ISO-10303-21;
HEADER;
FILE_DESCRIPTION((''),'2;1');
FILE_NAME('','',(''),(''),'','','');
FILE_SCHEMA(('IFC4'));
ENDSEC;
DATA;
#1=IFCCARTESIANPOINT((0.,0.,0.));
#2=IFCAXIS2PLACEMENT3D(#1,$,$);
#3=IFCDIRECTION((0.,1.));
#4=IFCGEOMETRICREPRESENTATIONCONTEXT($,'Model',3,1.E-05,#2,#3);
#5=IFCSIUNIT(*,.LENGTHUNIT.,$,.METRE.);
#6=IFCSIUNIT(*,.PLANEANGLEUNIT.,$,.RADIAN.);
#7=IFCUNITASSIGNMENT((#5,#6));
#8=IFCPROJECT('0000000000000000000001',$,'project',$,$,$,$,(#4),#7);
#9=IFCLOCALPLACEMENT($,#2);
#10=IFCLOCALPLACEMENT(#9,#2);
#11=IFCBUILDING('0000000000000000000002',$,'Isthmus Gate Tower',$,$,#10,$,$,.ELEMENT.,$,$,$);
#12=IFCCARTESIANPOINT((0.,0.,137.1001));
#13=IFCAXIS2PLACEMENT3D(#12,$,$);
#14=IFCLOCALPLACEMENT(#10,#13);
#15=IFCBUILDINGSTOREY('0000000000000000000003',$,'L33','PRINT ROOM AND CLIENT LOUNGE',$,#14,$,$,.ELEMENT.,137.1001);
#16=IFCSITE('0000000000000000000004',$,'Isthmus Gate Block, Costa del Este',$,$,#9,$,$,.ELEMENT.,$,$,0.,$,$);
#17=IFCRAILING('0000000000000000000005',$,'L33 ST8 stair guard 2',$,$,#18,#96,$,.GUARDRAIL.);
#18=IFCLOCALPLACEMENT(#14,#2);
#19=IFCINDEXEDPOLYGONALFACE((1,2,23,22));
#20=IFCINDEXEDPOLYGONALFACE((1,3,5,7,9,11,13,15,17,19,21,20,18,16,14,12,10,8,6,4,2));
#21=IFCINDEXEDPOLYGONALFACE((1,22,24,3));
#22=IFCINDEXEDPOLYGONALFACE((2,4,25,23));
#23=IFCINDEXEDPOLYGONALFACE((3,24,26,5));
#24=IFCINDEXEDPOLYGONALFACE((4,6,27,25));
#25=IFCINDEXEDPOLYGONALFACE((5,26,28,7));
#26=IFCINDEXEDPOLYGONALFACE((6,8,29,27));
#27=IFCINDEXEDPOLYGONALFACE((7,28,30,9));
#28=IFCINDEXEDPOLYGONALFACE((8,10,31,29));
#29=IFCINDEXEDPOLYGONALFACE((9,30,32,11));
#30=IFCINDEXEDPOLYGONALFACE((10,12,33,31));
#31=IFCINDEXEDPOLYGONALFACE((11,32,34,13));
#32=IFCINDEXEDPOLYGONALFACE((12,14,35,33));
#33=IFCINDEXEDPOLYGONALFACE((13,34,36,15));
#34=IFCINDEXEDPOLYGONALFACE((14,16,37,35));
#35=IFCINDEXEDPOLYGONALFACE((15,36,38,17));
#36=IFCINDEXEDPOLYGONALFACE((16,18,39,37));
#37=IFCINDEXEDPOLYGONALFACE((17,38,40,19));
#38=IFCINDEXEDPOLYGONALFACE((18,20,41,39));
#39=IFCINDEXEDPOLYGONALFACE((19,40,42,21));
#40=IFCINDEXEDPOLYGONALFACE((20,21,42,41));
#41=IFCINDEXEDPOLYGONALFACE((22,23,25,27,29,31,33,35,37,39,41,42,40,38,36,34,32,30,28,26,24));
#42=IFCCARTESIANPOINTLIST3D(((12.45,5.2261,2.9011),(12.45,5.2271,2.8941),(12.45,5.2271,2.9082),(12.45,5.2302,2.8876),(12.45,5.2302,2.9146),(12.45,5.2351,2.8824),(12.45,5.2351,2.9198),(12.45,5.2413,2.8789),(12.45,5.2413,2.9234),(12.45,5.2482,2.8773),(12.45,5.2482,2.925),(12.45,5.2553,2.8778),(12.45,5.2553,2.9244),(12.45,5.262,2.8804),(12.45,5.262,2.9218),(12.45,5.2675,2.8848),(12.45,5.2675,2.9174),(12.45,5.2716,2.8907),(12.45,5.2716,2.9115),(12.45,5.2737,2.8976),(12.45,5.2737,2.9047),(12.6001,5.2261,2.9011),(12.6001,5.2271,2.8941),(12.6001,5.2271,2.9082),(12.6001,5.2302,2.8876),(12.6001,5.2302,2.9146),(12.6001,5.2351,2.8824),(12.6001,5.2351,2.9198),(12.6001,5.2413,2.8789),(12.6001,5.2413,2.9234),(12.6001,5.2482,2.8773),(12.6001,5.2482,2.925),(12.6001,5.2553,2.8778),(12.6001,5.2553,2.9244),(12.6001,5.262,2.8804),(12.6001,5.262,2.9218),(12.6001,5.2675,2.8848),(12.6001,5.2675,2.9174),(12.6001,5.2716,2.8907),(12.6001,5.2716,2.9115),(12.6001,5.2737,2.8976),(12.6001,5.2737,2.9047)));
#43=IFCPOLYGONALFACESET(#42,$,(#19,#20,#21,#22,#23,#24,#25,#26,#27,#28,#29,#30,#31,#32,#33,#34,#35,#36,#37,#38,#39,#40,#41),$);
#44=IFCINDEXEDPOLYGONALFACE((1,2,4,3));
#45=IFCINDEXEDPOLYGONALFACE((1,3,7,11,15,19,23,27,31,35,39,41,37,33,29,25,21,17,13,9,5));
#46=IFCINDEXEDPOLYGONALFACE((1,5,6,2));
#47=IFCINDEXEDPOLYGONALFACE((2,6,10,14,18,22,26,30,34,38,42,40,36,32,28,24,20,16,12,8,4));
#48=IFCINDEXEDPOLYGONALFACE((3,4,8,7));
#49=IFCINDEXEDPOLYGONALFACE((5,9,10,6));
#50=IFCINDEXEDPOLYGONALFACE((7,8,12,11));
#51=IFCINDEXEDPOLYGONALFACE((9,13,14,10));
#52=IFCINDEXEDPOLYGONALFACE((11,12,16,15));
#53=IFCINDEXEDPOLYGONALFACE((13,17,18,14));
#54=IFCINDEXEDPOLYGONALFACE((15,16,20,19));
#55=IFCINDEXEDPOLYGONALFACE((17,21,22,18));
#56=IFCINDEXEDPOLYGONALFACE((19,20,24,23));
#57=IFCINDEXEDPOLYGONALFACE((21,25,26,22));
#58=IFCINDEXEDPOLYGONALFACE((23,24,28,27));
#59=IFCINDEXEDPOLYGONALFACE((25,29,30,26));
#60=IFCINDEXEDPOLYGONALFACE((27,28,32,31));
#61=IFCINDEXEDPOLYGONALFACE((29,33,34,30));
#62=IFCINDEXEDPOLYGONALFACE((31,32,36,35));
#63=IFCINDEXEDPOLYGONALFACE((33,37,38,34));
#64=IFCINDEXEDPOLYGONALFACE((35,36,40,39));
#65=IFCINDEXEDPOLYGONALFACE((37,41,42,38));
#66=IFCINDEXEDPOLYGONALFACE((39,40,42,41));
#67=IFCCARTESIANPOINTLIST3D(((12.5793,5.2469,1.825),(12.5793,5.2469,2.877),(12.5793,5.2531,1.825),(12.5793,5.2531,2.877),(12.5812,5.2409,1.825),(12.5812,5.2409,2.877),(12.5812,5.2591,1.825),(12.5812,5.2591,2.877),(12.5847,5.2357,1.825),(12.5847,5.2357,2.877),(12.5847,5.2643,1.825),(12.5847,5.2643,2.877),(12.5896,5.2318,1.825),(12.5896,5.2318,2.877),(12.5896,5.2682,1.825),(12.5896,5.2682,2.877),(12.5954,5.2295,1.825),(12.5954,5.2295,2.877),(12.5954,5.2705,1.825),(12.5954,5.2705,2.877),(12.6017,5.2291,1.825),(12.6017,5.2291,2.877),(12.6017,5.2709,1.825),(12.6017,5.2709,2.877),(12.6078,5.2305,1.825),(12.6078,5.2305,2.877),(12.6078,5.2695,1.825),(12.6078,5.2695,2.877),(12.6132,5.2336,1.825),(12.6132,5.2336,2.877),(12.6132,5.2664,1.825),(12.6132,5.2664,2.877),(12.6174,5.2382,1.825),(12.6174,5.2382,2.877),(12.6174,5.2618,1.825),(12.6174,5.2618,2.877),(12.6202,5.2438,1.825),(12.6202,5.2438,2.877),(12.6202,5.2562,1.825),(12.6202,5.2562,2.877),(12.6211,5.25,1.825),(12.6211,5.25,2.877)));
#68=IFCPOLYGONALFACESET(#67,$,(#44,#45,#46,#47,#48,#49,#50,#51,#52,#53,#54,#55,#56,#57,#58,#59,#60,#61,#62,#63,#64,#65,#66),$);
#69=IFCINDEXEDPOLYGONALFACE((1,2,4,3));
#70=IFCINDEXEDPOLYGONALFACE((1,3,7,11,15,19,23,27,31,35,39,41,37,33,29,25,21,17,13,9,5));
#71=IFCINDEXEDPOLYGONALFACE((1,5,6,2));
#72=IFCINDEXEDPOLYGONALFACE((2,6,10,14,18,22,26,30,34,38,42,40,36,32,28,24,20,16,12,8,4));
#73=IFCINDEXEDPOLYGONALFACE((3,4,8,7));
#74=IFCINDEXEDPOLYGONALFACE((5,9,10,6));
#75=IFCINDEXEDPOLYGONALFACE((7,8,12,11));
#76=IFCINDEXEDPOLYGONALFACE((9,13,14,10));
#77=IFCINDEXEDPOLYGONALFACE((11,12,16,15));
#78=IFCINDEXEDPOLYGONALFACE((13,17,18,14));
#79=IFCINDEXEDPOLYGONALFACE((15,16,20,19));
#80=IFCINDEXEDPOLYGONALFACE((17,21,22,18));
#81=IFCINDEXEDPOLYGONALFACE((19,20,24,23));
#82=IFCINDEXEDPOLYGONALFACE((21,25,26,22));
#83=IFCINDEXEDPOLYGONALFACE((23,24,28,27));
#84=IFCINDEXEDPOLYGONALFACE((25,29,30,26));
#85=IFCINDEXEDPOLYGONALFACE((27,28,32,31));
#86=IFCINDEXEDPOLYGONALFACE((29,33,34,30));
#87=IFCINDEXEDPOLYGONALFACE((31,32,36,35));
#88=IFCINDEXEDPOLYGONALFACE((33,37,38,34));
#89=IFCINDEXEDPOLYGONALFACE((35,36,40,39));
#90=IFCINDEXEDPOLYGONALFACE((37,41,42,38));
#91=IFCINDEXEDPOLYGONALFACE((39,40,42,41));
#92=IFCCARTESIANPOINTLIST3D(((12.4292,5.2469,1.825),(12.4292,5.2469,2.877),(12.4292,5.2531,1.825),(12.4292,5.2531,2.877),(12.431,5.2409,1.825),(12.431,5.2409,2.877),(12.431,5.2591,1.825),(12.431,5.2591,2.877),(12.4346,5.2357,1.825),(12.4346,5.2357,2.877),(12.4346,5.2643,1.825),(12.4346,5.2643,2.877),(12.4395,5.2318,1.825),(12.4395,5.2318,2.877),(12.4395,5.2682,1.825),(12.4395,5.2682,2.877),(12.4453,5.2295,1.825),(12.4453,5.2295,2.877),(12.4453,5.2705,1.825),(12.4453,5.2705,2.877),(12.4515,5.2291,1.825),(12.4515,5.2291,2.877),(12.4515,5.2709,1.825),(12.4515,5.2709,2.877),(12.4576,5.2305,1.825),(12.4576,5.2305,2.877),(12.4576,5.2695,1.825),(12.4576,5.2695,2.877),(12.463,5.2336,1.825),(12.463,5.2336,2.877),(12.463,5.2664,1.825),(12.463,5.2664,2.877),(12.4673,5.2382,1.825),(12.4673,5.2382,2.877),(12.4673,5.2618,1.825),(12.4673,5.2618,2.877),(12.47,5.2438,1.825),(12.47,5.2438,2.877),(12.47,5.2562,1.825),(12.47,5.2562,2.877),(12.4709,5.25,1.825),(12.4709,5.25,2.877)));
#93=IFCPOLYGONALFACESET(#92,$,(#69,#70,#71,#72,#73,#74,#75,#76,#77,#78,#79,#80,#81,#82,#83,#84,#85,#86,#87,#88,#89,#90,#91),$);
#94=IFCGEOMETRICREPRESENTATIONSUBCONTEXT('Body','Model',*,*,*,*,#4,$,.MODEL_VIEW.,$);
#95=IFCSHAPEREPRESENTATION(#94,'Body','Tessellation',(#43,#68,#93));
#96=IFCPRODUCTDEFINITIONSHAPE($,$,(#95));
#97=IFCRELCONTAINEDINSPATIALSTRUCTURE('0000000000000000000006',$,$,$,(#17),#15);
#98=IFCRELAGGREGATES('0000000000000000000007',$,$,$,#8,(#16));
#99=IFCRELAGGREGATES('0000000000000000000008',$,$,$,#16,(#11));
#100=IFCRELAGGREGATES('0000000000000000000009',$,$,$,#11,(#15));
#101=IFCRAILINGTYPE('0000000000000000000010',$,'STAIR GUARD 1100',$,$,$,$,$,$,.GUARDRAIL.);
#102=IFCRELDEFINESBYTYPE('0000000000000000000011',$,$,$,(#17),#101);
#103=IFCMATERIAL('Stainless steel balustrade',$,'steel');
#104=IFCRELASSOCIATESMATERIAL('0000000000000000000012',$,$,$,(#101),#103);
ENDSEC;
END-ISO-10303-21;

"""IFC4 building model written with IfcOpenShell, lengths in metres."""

from ifc_helpers import new_model, si_unit, direction, frame, origin, origin_2d, place, context, subcontext, project, spatial, circle, extrude, material, type_object, element, save


model = new_model("IFC4")

# Units and contexts
model_context = context("Model", 3, precision=1e-05, world=origin(), true_north=direction((0.0, 1.0)))
body_context = subcontext(model_context, "Body", "Model", "MODEL_VIEW")
ifc_project = project(units=[si_unit("LENGTHUNIT", "METRE"), si_unit("PLANEANGLEUNIT", "RADIAN")], contexts=[model_context])

# Site, building, storey
site_placement = place(None, origin())
site = spatial("IfcSite", under=ifc_project, at=site_placement, Name="Isthmus Gate Block, Costa del Este", CompositionType="ELEMENT", RefElevation=0.0)
building_placement = place(site_placement, origin())
building = spatial("IfcBuilding", under=site, at=building_placement, Name="Isthmus Gate Tower", CompositionType="ELEMENT")
storey_placement = place(building_placement, frame((0.0, 0.0, 137.1001)))
storey = spatial("IfcBuildingStorey", under=building, at=storey_placement, Name="L33", Description="PRINT ROOM AND CLIENT LOUNGE", CompositionType="ELEMENT", Elevation=137.1001)

# Railing
ifc_material_1 = material(Name="Stainless steel balustrade", Category="steel")
railing_type_1 = type_object("IfcRailingType", Name="STAIR GUARD 1100", PredefinedType="GUARDRAIL", material=ifc_material_1)
railing_1_placement = place(storey_placement, frame((12.6001, 5.25, 1.825)))
element("IfcRailing", 1, at=railing_1_placement, inside=storey, type_object=railing_type_1, Name="L33 ST8 stair guard 2", PredefinedType="GUARDRAIL", context=body_context, shape_type="SweptSolid", body=[
    extrude(circle(Radius=0.0239, at=origin_2d()), frame((0.0, 0.0, 1.0762), z_axis=(-1.0, 0.0, 0.0), x_axis=(0.0, -1.0, 0.0)), (0.0, 0.0, 1.0), 0.1501),
    extrude(circle(Radius=0.021, at=origin_2d()), origin(), (0.0, 0.0, 1.0), 1.052),
    extrude(circle(Radius=0.021, at=origin_2d()), frame((-0.1501, 0.0, 0.0)), (0.0, 0.0, 1.0), 1.052),
])

save(model, "model.ifc")
